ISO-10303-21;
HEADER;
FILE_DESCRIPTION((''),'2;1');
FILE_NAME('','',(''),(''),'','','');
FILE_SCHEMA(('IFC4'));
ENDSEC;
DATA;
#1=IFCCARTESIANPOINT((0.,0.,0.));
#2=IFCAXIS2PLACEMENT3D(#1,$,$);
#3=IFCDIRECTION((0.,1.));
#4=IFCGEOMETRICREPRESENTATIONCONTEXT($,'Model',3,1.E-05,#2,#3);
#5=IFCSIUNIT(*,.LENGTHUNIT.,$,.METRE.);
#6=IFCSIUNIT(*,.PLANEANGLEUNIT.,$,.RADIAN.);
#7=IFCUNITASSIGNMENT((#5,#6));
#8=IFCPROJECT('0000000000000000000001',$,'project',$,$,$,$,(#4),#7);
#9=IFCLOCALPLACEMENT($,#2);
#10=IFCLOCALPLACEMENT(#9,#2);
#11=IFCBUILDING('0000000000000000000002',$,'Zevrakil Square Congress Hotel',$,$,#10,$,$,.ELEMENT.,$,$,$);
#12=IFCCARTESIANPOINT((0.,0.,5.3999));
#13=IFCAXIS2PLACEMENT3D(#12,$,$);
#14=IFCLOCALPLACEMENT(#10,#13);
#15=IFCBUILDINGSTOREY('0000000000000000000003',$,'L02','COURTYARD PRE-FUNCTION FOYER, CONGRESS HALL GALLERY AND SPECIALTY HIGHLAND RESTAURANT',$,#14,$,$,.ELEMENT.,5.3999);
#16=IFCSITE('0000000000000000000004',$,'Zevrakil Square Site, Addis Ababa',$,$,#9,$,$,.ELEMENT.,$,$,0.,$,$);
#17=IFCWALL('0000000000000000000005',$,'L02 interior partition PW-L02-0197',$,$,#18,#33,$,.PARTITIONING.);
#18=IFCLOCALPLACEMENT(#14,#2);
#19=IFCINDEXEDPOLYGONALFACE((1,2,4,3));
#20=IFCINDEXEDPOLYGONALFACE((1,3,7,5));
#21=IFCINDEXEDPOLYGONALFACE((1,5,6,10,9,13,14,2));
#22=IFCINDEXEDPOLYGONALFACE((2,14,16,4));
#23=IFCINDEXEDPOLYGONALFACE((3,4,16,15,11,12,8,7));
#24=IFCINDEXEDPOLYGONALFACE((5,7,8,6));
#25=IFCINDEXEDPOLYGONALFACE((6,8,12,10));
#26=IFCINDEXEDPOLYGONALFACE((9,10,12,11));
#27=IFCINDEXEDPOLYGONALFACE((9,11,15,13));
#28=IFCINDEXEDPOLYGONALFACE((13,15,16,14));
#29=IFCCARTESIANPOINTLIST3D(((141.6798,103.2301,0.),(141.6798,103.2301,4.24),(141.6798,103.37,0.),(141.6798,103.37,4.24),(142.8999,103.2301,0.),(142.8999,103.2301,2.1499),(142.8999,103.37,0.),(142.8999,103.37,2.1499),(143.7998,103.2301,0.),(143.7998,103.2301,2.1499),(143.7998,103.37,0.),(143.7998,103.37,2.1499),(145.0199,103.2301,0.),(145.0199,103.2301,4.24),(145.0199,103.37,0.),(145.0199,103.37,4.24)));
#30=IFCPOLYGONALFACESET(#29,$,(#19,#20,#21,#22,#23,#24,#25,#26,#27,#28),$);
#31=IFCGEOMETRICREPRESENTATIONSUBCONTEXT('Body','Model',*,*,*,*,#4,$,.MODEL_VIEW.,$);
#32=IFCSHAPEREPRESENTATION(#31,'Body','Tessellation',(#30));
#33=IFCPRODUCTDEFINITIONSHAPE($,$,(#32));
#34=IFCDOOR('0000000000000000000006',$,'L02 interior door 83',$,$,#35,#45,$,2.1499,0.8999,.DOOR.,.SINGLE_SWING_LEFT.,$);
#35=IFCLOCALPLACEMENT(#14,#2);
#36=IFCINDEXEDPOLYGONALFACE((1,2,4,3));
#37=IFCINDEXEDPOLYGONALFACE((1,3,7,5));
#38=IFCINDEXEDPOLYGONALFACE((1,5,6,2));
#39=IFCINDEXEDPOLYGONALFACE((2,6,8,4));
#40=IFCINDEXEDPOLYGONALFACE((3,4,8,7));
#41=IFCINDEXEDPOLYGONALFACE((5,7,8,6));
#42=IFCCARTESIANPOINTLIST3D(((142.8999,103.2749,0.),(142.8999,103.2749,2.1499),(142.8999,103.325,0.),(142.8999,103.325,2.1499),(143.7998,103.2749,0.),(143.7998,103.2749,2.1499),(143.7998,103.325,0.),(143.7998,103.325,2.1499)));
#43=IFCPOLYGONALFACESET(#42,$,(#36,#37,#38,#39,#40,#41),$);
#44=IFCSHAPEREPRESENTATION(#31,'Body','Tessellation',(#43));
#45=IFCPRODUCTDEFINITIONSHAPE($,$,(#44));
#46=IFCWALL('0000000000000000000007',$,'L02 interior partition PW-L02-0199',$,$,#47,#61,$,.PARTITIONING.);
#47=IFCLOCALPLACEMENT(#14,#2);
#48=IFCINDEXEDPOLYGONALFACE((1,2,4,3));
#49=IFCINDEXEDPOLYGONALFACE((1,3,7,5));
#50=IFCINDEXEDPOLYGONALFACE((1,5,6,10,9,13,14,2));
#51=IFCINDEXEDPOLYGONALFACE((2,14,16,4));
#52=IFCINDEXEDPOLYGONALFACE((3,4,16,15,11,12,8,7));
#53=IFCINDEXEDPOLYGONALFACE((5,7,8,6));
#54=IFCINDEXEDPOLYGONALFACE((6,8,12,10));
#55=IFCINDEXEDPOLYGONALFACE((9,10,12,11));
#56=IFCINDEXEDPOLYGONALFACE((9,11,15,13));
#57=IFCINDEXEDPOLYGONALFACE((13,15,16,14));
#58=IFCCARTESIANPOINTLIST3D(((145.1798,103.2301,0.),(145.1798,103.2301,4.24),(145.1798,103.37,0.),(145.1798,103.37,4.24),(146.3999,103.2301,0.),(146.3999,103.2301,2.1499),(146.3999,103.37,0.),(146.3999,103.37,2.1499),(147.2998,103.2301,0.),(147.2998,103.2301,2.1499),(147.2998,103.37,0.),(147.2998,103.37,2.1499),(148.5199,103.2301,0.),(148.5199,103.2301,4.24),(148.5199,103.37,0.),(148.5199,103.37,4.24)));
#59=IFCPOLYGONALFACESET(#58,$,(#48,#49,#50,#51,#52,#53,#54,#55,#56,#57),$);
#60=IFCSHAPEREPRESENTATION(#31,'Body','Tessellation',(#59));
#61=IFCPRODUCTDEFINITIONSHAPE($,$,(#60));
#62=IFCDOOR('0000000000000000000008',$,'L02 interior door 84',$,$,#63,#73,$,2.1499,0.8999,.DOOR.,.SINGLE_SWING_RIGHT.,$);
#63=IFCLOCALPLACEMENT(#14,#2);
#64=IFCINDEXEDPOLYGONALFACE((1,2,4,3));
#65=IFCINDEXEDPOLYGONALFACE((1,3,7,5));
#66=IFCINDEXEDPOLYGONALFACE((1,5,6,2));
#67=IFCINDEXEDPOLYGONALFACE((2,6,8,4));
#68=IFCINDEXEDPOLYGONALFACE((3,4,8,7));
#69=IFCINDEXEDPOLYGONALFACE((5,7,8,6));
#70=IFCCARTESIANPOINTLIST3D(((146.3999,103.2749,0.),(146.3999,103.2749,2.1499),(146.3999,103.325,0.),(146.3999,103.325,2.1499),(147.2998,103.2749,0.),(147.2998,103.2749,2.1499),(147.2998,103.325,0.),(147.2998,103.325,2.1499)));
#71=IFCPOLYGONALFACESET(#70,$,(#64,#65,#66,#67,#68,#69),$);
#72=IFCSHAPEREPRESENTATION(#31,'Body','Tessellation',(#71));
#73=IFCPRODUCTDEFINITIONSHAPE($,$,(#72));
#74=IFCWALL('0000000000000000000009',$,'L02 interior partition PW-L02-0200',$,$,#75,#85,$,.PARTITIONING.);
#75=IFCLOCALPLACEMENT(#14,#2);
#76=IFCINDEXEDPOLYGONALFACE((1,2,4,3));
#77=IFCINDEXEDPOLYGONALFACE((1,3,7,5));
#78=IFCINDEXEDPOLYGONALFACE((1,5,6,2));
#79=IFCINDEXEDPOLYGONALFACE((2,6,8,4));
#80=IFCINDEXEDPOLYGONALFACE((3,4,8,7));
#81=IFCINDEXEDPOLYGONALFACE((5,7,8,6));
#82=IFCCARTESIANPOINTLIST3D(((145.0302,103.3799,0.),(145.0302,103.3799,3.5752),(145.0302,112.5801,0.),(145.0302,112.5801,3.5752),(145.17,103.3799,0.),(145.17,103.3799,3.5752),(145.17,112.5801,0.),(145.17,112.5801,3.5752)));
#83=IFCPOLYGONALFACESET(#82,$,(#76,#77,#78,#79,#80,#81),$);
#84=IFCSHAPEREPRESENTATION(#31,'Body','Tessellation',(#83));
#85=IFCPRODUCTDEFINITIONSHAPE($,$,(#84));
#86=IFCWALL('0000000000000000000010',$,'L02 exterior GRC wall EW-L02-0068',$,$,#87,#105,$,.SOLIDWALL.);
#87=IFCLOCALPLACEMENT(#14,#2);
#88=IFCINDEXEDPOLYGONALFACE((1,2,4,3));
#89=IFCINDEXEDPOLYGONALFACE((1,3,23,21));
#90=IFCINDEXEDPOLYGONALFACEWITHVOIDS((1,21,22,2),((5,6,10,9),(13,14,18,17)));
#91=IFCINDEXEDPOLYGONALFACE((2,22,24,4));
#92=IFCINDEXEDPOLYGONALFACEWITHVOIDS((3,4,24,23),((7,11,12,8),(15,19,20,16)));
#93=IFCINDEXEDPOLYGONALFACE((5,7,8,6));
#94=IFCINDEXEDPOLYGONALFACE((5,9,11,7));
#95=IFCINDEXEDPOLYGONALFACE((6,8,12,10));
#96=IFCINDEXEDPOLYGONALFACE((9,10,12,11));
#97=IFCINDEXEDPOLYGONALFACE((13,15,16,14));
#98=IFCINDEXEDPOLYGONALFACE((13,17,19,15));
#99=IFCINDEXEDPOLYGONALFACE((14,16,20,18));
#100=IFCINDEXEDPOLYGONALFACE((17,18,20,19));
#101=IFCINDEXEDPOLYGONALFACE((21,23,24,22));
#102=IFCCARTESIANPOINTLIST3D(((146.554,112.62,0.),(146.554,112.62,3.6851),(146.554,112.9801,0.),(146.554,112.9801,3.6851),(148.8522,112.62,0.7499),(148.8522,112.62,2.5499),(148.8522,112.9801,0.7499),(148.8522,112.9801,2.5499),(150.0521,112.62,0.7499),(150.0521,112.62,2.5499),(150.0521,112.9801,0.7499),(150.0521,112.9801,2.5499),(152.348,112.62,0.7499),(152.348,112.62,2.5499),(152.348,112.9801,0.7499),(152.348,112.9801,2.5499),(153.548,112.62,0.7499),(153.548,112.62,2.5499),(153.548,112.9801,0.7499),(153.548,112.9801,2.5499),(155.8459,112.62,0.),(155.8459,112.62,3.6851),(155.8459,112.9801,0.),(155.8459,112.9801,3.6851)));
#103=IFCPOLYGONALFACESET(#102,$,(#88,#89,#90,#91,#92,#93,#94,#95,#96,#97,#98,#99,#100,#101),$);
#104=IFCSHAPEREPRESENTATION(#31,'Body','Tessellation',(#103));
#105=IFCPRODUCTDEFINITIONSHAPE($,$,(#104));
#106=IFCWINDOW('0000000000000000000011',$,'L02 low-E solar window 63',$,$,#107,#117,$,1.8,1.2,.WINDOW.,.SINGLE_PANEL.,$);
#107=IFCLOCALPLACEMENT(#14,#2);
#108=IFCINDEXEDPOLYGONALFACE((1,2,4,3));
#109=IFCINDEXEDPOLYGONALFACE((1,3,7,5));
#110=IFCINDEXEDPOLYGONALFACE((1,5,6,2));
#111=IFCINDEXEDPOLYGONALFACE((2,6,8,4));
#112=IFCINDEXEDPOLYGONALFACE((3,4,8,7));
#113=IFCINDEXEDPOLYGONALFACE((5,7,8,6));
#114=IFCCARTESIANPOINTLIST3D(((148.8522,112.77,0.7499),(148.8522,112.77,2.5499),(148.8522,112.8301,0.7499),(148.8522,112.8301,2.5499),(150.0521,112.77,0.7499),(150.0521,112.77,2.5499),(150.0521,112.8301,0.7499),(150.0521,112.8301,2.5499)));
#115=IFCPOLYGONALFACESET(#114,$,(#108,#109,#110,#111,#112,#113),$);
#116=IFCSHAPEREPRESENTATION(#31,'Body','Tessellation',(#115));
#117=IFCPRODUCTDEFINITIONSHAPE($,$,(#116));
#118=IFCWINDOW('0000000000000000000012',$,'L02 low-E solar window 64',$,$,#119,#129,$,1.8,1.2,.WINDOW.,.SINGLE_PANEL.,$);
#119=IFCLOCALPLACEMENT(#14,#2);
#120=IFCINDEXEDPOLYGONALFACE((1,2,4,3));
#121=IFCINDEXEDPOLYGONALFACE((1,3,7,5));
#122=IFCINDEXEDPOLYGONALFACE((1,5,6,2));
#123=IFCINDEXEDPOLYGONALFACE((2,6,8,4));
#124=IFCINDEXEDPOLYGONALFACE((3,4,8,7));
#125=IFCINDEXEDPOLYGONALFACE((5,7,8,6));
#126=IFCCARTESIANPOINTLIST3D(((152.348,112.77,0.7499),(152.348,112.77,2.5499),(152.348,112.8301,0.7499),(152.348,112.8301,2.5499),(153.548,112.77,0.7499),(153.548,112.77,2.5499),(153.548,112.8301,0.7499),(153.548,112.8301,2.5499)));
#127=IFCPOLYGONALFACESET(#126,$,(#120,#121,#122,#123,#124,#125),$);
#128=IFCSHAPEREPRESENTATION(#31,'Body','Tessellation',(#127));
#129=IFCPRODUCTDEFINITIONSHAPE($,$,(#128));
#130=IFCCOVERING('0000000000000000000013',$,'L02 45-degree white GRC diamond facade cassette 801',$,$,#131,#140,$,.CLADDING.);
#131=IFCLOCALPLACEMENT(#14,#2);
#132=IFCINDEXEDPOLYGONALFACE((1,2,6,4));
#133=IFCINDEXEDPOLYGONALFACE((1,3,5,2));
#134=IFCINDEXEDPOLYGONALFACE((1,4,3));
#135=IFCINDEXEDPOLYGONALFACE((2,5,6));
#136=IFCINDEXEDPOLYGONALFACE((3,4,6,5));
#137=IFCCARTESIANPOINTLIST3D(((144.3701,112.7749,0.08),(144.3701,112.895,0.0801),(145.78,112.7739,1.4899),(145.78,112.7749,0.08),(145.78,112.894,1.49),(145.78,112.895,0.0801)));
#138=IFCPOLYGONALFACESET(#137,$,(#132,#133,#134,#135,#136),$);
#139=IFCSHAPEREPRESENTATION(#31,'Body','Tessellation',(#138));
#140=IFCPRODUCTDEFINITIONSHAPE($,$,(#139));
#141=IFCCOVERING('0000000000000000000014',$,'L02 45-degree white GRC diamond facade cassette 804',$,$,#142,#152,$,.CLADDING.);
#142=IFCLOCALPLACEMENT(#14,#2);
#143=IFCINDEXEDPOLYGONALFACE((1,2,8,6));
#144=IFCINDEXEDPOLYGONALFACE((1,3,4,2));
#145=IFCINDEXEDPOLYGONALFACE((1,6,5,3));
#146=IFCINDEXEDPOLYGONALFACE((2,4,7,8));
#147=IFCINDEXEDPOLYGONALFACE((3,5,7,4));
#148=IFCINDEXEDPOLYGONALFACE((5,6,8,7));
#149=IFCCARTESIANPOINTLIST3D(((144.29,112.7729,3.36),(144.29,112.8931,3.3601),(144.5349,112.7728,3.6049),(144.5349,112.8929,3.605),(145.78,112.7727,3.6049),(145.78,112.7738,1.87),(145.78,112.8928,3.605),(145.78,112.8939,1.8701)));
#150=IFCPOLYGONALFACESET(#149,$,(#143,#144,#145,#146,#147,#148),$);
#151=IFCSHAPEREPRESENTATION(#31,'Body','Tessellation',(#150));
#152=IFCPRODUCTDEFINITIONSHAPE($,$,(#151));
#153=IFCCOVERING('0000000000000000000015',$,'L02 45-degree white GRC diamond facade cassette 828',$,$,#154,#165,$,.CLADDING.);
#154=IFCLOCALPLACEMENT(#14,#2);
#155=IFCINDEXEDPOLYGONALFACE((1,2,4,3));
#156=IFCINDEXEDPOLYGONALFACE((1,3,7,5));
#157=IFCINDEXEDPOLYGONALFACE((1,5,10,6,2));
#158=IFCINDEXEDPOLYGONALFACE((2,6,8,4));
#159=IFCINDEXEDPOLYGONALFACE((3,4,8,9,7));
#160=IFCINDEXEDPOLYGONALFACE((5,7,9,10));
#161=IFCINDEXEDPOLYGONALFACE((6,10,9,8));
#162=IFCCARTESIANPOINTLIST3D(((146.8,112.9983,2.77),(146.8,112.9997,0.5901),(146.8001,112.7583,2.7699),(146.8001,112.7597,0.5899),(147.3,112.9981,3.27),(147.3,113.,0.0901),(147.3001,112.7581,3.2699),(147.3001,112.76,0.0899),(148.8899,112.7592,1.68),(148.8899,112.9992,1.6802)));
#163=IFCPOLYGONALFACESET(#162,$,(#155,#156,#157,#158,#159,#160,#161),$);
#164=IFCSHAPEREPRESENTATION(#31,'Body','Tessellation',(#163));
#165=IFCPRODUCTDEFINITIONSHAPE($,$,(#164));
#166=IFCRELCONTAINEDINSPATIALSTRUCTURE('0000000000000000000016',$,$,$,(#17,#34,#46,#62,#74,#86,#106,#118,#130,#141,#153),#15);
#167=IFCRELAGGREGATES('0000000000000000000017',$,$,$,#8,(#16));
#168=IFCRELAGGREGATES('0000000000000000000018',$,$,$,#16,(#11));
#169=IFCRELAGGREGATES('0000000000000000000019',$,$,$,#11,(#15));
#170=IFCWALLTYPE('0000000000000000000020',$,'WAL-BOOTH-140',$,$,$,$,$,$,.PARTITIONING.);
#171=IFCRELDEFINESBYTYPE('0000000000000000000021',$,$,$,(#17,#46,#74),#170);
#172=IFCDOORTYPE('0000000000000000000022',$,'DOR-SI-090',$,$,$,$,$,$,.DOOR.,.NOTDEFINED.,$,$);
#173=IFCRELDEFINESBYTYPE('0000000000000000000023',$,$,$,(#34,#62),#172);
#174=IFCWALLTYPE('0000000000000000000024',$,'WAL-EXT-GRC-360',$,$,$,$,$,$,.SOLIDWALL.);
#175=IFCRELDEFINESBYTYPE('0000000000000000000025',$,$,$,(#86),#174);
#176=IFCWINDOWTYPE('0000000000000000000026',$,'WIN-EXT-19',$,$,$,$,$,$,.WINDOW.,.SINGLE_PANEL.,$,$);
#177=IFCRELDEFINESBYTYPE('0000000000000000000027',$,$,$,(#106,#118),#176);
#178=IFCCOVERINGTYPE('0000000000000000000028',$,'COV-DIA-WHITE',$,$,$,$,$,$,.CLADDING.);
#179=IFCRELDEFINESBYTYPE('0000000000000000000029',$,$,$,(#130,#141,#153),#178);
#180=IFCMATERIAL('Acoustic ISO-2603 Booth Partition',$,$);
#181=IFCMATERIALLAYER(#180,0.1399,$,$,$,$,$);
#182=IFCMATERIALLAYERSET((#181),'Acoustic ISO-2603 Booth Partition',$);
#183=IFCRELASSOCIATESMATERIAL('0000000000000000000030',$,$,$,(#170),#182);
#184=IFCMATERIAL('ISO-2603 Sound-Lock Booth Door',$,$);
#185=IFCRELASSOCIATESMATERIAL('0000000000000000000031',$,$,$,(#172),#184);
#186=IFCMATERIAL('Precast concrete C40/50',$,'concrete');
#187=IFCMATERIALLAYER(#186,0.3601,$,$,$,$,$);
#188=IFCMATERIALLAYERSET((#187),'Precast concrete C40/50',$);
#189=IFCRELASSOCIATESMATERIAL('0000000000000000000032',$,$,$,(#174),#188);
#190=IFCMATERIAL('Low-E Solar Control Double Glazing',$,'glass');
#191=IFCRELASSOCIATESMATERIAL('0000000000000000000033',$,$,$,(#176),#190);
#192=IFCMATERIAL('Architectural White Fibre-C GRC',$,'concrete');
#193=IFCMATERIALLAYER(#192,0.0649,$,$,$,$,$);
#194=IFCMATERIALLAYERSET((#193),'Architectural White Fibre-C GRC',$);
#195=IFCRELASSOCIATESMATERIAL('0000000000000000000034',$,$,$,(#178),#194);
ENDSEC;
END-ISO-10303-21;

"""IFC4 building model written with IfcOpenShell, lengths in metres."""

from ifc_helpers import new_model, si_unit, direction, frame, frame_2d, origin, place, context, subcontext, project, spatial, polyline, rectangle, outline, extrude, material, layer, layer_set, type_object, element, fill, save


model = new_model("IFC4")

# Units and contexts
model_context = context("Model", 3, precision=1e-05, world=origin(), true_north=direction((0.0, 1.0)))
body_context = subcontext(model_context, "Body", "Model", "MODEL_VIEW")
ifc_project = project(units=[si_unit("LENGTHUNIT", "METRE"), si_unit("PLANEANGLEUNIT", "RADIAN")], contexts=[model_context])

# Site, building, storey
site_placement = place(None, origin())
site = spatial("IfcSite", under=ifc_project, at=site_placement, Name="Zevrakil Square Site, Addis Ababa", CompositionType="ELEMENT", RefElevation=0.0)
building_placement = place(site_placement, origin())
building = spatial("IfcBuilding", under=site, at=building_placement, Name="Zevrakil Square Congress Hotel", CompositionType="ELEMENT")
storey_placement = place(building_placement, frame((0.0, 0.0, 5.3999)))
storey = spatial("IfcBuildingStorey", under=building, at=storey_placement, Name="L02", Description="COURTYARD PRE-FUNCTION FOYER, CONGRESS HALL GALLERY AND SPECIALTY HIGHLAND RESTAURANT", CompositionType="ELEMENT", Elevation=5.3999)

# Walls, openings, doors
ifc_material_1 = material(Name="Acoustic ISO-2603 Booth Partition")
ifc_layer_1 = layer(ifc_material_1, 0.1399)
ifc_layer_set_1 = layer_set([ifc_layer_1], Name="Acoustic ISO-2603 Booth Partition")
wall_type_1 = type_object("IfcWallType", Name="WAL-BOOTH-140", PredefinedType="PARTITIONING", material=ifc_layer_set_1)
wall_1_placement = place(storey_placement, frame((141.6799, 103.3, 0.0), z_axis=(0.0, 0.0, 1.0), x_axis=(1.0, 0.0, 0.0)))
wall_1 = element("IfcWall", 1, at=wall_1_placement, inside=storey, type_object=wall_type_1, Name="L02 interior partition PW-L02-0197", PredefinedType="PARTITIONING", context=body_context, shape_type="SweptSolid", body=[
    extrude(rectangle(XDim=3.3401, YDim=0.1399, at=frame_2d((1.6699, 0.0))), origin(), (0.0, 0.0, 1.0), 4.24),
])
opening_1_placement = place(wall_1_placement, frame((1.22, 0.0, 0.0)))
opening_1 = element("IfcOpeningElement", 2, at=opening_1_placement, cuts=wall_1, PredefinedType="OPENING", context=body_context, shape_type="SweptSolid", body=[
    extrude(rectangle(XDim=0.8999, YDim=2.1499, at=frame_2d((0.45, 1.075))), frame((0.0, 0.0801, 0.0), z_axis=(0.0, -1.0, 0.0), x_axis=(1.0, 0.0, 0.0)), (0.0, 0.0, 1.0), 0.1599),
])
ifc_material_2 = material(Name="ISO-2603 Sound-Lock Booth Door")
door_type = type_object("IfcDoorType", Name="DOR-SI-090", OperationType="NOTDEFINED", PredefinedType="DOOR", material=ifc_material_2)
door_1_placement = place(opening_1_placement, origin())
door_1 = element("IfcDoor", 3, at=door_1_placement, inside=storey, type_object=door_type, Name="L02 interior door 83", OperationType="SINGLE_SWING_LEFT", OverallHeight=2.1499, OverallWidth=0.8999, PredefinedType="DOOR", context=body_context, shape_type="SweptSolid", body=[
    extrude(rectangle(XDim=0.8999, YDim=2.1499, at=frame_2d((0.45, 1.075))), frame((0.0, 0.0249, 0.0), z_axis=(0.0, -1.0, 0.0), x_axis=(1.0, 0.0, 0.0)), (0.0, 0.0, 1.0), 0.05),
])
fill(opening_1, door_1)
wall_2_placement = place(storey_placement, frame((145.1799, 103.3, 0.0), z_axis=(0.0, 0.0, 1.0), x_axis=(1.0, 0.0, 0.0)))
wall_2 = element("IfcWall", 4, at=wall_2_placement, inside=storey, type_object=wall_type_1, Name="L02 interior partition PW-L02-0199", PredefinedType="PARTITIONING", context=body_context, shape_type="SweptSolid", body=[
    extrude(rectangle(XDim=3.3401, YDim=0.1399, at=frame_2d((1.6699, 0.0))), origin(), (0.0, 0.0, 1.0), 4.24),
])
opening_2_placement = place(wall_2_placement, frame((1.22, 0.0, 0.0)))
opening_2 = element("IfcOpeningElement", 5, at=opening_2_placement, cuts=wall_2, PredefinedType="OPENING", context=body_context, shape_type="SweptSolid", body=[
    extrude(rectangle(XDim=0.8999, YDim=2.1499, at=frame_2d((0.45, 1.075))), frame((0.0, 0.0801, 0.0), z_axis=(0.0, -1.0, 0.0), x_axis=(1.0, 0.0, 0.0)), (0.0, 0.0, 1.0), 0.1599),
])
door_2_placement = place(opening_2_placement, origin())
door_2 = element("IfcDoor", 6, at=door_2_placement, inside=storey, type_object=door_type, Name="L02 interior door 84", OperationType="SINGLE_SWING_RIGHT", OverallHeight=2.1499, OverallWidth=0.8999, PredefinedType="DOOR", context=body_context, shape_type="SweptSolid", body=[
    extrude(rectangle(XDim=0.8999, YDim=2.1499, at=frame_2d((0.45, 1.075))), frame((0.0, 0.0249, 0.0), z_axis=(0.0, -1.0, 0.0), x_axis=(1.0, 0.0, 0.0)), (0.0, 0.0, 1.0), 0.05),
])
fill(opening_2, door_2)

# Wall
wall_3_placement = place(storey_placement, frame((145.1001, 103.3799, 0.0), z_axis=(0.0, 0.0, 1.0), x_axis=(0.0, 1.0, 0.0)))
element("IfcWall", 7, at=wall_3_placement, inside=storey, type_object=wall_type_1, Name="L02 interior partition PW-L02-0200", PredefinedType="PARTITIONING", context=body_context, shape_type="SweptSolid", body=[
    extrude(rectangle(XDim=9.2002, YDim=0.1399, at=frame_2d((4.6001, 0.0))), origin(), (0.0, 0.0, 1.0), 3.5752),
])

# Wall, openings, windows
ifc_material_3 = material(Name="Precast concrete C40/50", Category="concrete")
ifc_layer_2 = layer(ifc_material_3, 0.3601)
ifc_layer_set_2 = layer_set([ifc_layer_2], Name="Precast concrete C40/50")
wall_type_2 = type_object("IfcWallType", Name="WAL-EXT-GRC-360", PredefinedType="SOLIDWALL", material=ifc_layer_set_2)
wall_4_placement = place(storey_placement, frame((146.554, 112.8, 0.0), z_axis=(0.0, 0.0, 1.0), x_axis=(1.0, 0.0, 0.0)))
wall_4 = element("IfcWall", 8, at=wall_4_placement, inside=storey, type_object=wall_type_2, Name="L02 exterior GRC wall EW-L02-0068", PredefinedType="SOLIDWALL", context=body_context, shape_type="SweptSolid", body=[
    extrude(rectangle(XDim=9.292, YDim=0.3601, at=frame_2d((4.646, 0.0))), origin(), (0.0, 0.0, 1.0), 3.6851),
])
opening_3_placement = place(wall_4_placement, frame((2.2981, 0.0, 0.75)))
opening_3 = element("IfcOpeningElement", 9, at=opening_3_placement, cuts=wall_4, PredefinedType="OPENING", context=body_context, shape_type="SweptSolid", body=[
    extrude(rectangle(XDim=1.2, YDim=1.8, at=frame_2d((0.6001, 0.8999))), frame((0.0, 0.1899, 0.0), z_axis=(0.0, -1.0, 0.0), x_axis=(1.0, 0.0, 0.0)), (0.0, 0.0, 1.0), 0.3801),
])
opening_4_placement = place(wall_4_placement, frame((5.7939, 0.0, 0.75)))
opening_4 = element("IfcOpeningElement", 10, at=opening_4_placement, cuts=wall_4, PredefinedType="OPENING", context=body_context, shape_type="SweptSolid", body=[
    extrude(rectangle(XDim=1.2, YDim=1.8, at=frame_2d((0.6001, 0.8999))), frame((0.0, 0.1899, 0.0), z_axis=(0.0, -1.0, 0.0), x_axis=(1.0, 0.0, 0.0)), (0.0, 0.0, 1.0), 0.3801),
])
ifc_material_4 = material(Name="Low-E Solar Control Double Glazing", Category="glass")
window_type = type_object("IfcWindowType", Name="WIN-EXT-19", PartitioningType="SINGLE_PANEL", PredefinedType="WINDOW", material=ifc_material_4)
window_1_placement = place(opening_3_placement, origin())
window_1 = element("IfcWindow", 11, at=window_1_placement, inside=storey, type_object=window_type, Name="L02 low-E solar window 63", OverallHeight=1.8, OverallWidth=1.2, PartitioningType="SINGLE_PANEL", PredefinedType="WINDOW", context=body_context, shape_type="SweptSolid", body=[
    extrude(rectangle(XDim=1.2, YDim=1.8, at=frame_2d((0.6001, 0.8999))), frame((0.0, 0.03, 0.0), z_axis=(0.0, -1.0, 0.0), x_axis=(1.0, 0.0, 0.0)), (0.0, 0.0, 1.0), 0.0601),
])
fill(opening_3, window_1)
window_2_placement = place(opening_4_placement, origin())
window_2 = element("IfcWindow", 12, at=window_2_placement, inside=storey, type_object=window_type, Name="L02 low-E solar window 64", OverallHeight=1.8, OverallWidth=1.2, PartitioningType="SINGLE_PANEL", PredefinedType="WINDOW", context=body_context, shape_type="SweptSolid", body=[
    extrude(rectangle(XDim=1.2, YDim=1.8, at=frame_2d((0.6001, 0.8999))), frame((0.0, 0.03, 0.0), z_axis=(0.0, -1.0, 0.0), x_axis=(1.0, 0.0, 0.0)), (0.0, 0.0, 1.0), 0.0601),
])
fill(opening_4, window_2)

# Coverings
ifc_material_5 = material(Name="Architectural White Fibre-C GRC", Category="concrete")
ifc_layer_3 = layer(ifc_material_5, 0.0649)
ifc_layer_set_3 = layer_set([ifc_layer_3], Name="Architectural White Fibre-C GRC")
covering_type_1 = type_object("IfcCoveringType", Name="COV-DIA-WHITE", PredefinedType="CLADDING", material=ifc_layer_set_3)
covering_1_placement = place(storey_placement, frame((144.3701, 112.895, 0.0801), z_axis=(0.0, 1.0, 0.000693), x_axis=(1.0, 0.0, 0.0)))
element("IfcCovering", 13, at=covering_1_placement, inside=storey, type_object=covering_type_1, Name="L02 45-degree white GRC diamond facade cassette 801", PredefinedType="CLADDING", context=body_context, shape_type="SweptSolid", body=[
    extrude(outline(polyline([(0.0, 0.0), (1.4099, 0.0), (1.4099, -1.4099), (0.0, 0.0)])), origin(), (0.0, 0.0, -1.0), 0.1201),
])
covering_2_placement = place(storey_placement, frame((144.29, 112.8931, 3.3601), z_axis=(0.000064, 1.0, 0.000609), x_axis=(0.707107, 0.000385, -0.707107)))
element("IfcCovering", 14, at=covering_2_placement, inside=storey, type_object=covering_type_1, Name="L02 45-degree white GRC diamond facade cassette 804", PredefinedType="CLADDING", context=body_context, shape_type="SweptSolid", body=[
    extrude(outline(polyline([(0.0, 0.0), (2.1072, 0.0), (0.8804, -1.2267), (0.0, -0.3463), (0.0, 0.0)])), origin(), (0.0, 0.0, -1.0), 0.1201),
])
covering_3_placement = place(storey_placement, frame((147.3, 113.0, 0.0901), z_axis=(-0.000085, 1.0, 0.000607), x_axis=(0.707052, -0.000369, 0.707161)))
element("IfcCovering", 15, at=covering_3_placement, inside=storey, type_object=covering_type_1, Name="L02 45-degree white GRC diamond facade cassette 828", PredefinedType="CLADDING", context=body_context, shape_type="SweptSolid", body=[
    extrude(outline(polyline([(0.0, 0.0), (2.2486, 0.0), (2.2487, -2.2484), (1.5416, -2.2484), (0.0001, -0.7071), (0.0, 0.0)])), origin(), (0.0, 0.0, -1.0), 0.24),
])

save(model, "model.ifc")
